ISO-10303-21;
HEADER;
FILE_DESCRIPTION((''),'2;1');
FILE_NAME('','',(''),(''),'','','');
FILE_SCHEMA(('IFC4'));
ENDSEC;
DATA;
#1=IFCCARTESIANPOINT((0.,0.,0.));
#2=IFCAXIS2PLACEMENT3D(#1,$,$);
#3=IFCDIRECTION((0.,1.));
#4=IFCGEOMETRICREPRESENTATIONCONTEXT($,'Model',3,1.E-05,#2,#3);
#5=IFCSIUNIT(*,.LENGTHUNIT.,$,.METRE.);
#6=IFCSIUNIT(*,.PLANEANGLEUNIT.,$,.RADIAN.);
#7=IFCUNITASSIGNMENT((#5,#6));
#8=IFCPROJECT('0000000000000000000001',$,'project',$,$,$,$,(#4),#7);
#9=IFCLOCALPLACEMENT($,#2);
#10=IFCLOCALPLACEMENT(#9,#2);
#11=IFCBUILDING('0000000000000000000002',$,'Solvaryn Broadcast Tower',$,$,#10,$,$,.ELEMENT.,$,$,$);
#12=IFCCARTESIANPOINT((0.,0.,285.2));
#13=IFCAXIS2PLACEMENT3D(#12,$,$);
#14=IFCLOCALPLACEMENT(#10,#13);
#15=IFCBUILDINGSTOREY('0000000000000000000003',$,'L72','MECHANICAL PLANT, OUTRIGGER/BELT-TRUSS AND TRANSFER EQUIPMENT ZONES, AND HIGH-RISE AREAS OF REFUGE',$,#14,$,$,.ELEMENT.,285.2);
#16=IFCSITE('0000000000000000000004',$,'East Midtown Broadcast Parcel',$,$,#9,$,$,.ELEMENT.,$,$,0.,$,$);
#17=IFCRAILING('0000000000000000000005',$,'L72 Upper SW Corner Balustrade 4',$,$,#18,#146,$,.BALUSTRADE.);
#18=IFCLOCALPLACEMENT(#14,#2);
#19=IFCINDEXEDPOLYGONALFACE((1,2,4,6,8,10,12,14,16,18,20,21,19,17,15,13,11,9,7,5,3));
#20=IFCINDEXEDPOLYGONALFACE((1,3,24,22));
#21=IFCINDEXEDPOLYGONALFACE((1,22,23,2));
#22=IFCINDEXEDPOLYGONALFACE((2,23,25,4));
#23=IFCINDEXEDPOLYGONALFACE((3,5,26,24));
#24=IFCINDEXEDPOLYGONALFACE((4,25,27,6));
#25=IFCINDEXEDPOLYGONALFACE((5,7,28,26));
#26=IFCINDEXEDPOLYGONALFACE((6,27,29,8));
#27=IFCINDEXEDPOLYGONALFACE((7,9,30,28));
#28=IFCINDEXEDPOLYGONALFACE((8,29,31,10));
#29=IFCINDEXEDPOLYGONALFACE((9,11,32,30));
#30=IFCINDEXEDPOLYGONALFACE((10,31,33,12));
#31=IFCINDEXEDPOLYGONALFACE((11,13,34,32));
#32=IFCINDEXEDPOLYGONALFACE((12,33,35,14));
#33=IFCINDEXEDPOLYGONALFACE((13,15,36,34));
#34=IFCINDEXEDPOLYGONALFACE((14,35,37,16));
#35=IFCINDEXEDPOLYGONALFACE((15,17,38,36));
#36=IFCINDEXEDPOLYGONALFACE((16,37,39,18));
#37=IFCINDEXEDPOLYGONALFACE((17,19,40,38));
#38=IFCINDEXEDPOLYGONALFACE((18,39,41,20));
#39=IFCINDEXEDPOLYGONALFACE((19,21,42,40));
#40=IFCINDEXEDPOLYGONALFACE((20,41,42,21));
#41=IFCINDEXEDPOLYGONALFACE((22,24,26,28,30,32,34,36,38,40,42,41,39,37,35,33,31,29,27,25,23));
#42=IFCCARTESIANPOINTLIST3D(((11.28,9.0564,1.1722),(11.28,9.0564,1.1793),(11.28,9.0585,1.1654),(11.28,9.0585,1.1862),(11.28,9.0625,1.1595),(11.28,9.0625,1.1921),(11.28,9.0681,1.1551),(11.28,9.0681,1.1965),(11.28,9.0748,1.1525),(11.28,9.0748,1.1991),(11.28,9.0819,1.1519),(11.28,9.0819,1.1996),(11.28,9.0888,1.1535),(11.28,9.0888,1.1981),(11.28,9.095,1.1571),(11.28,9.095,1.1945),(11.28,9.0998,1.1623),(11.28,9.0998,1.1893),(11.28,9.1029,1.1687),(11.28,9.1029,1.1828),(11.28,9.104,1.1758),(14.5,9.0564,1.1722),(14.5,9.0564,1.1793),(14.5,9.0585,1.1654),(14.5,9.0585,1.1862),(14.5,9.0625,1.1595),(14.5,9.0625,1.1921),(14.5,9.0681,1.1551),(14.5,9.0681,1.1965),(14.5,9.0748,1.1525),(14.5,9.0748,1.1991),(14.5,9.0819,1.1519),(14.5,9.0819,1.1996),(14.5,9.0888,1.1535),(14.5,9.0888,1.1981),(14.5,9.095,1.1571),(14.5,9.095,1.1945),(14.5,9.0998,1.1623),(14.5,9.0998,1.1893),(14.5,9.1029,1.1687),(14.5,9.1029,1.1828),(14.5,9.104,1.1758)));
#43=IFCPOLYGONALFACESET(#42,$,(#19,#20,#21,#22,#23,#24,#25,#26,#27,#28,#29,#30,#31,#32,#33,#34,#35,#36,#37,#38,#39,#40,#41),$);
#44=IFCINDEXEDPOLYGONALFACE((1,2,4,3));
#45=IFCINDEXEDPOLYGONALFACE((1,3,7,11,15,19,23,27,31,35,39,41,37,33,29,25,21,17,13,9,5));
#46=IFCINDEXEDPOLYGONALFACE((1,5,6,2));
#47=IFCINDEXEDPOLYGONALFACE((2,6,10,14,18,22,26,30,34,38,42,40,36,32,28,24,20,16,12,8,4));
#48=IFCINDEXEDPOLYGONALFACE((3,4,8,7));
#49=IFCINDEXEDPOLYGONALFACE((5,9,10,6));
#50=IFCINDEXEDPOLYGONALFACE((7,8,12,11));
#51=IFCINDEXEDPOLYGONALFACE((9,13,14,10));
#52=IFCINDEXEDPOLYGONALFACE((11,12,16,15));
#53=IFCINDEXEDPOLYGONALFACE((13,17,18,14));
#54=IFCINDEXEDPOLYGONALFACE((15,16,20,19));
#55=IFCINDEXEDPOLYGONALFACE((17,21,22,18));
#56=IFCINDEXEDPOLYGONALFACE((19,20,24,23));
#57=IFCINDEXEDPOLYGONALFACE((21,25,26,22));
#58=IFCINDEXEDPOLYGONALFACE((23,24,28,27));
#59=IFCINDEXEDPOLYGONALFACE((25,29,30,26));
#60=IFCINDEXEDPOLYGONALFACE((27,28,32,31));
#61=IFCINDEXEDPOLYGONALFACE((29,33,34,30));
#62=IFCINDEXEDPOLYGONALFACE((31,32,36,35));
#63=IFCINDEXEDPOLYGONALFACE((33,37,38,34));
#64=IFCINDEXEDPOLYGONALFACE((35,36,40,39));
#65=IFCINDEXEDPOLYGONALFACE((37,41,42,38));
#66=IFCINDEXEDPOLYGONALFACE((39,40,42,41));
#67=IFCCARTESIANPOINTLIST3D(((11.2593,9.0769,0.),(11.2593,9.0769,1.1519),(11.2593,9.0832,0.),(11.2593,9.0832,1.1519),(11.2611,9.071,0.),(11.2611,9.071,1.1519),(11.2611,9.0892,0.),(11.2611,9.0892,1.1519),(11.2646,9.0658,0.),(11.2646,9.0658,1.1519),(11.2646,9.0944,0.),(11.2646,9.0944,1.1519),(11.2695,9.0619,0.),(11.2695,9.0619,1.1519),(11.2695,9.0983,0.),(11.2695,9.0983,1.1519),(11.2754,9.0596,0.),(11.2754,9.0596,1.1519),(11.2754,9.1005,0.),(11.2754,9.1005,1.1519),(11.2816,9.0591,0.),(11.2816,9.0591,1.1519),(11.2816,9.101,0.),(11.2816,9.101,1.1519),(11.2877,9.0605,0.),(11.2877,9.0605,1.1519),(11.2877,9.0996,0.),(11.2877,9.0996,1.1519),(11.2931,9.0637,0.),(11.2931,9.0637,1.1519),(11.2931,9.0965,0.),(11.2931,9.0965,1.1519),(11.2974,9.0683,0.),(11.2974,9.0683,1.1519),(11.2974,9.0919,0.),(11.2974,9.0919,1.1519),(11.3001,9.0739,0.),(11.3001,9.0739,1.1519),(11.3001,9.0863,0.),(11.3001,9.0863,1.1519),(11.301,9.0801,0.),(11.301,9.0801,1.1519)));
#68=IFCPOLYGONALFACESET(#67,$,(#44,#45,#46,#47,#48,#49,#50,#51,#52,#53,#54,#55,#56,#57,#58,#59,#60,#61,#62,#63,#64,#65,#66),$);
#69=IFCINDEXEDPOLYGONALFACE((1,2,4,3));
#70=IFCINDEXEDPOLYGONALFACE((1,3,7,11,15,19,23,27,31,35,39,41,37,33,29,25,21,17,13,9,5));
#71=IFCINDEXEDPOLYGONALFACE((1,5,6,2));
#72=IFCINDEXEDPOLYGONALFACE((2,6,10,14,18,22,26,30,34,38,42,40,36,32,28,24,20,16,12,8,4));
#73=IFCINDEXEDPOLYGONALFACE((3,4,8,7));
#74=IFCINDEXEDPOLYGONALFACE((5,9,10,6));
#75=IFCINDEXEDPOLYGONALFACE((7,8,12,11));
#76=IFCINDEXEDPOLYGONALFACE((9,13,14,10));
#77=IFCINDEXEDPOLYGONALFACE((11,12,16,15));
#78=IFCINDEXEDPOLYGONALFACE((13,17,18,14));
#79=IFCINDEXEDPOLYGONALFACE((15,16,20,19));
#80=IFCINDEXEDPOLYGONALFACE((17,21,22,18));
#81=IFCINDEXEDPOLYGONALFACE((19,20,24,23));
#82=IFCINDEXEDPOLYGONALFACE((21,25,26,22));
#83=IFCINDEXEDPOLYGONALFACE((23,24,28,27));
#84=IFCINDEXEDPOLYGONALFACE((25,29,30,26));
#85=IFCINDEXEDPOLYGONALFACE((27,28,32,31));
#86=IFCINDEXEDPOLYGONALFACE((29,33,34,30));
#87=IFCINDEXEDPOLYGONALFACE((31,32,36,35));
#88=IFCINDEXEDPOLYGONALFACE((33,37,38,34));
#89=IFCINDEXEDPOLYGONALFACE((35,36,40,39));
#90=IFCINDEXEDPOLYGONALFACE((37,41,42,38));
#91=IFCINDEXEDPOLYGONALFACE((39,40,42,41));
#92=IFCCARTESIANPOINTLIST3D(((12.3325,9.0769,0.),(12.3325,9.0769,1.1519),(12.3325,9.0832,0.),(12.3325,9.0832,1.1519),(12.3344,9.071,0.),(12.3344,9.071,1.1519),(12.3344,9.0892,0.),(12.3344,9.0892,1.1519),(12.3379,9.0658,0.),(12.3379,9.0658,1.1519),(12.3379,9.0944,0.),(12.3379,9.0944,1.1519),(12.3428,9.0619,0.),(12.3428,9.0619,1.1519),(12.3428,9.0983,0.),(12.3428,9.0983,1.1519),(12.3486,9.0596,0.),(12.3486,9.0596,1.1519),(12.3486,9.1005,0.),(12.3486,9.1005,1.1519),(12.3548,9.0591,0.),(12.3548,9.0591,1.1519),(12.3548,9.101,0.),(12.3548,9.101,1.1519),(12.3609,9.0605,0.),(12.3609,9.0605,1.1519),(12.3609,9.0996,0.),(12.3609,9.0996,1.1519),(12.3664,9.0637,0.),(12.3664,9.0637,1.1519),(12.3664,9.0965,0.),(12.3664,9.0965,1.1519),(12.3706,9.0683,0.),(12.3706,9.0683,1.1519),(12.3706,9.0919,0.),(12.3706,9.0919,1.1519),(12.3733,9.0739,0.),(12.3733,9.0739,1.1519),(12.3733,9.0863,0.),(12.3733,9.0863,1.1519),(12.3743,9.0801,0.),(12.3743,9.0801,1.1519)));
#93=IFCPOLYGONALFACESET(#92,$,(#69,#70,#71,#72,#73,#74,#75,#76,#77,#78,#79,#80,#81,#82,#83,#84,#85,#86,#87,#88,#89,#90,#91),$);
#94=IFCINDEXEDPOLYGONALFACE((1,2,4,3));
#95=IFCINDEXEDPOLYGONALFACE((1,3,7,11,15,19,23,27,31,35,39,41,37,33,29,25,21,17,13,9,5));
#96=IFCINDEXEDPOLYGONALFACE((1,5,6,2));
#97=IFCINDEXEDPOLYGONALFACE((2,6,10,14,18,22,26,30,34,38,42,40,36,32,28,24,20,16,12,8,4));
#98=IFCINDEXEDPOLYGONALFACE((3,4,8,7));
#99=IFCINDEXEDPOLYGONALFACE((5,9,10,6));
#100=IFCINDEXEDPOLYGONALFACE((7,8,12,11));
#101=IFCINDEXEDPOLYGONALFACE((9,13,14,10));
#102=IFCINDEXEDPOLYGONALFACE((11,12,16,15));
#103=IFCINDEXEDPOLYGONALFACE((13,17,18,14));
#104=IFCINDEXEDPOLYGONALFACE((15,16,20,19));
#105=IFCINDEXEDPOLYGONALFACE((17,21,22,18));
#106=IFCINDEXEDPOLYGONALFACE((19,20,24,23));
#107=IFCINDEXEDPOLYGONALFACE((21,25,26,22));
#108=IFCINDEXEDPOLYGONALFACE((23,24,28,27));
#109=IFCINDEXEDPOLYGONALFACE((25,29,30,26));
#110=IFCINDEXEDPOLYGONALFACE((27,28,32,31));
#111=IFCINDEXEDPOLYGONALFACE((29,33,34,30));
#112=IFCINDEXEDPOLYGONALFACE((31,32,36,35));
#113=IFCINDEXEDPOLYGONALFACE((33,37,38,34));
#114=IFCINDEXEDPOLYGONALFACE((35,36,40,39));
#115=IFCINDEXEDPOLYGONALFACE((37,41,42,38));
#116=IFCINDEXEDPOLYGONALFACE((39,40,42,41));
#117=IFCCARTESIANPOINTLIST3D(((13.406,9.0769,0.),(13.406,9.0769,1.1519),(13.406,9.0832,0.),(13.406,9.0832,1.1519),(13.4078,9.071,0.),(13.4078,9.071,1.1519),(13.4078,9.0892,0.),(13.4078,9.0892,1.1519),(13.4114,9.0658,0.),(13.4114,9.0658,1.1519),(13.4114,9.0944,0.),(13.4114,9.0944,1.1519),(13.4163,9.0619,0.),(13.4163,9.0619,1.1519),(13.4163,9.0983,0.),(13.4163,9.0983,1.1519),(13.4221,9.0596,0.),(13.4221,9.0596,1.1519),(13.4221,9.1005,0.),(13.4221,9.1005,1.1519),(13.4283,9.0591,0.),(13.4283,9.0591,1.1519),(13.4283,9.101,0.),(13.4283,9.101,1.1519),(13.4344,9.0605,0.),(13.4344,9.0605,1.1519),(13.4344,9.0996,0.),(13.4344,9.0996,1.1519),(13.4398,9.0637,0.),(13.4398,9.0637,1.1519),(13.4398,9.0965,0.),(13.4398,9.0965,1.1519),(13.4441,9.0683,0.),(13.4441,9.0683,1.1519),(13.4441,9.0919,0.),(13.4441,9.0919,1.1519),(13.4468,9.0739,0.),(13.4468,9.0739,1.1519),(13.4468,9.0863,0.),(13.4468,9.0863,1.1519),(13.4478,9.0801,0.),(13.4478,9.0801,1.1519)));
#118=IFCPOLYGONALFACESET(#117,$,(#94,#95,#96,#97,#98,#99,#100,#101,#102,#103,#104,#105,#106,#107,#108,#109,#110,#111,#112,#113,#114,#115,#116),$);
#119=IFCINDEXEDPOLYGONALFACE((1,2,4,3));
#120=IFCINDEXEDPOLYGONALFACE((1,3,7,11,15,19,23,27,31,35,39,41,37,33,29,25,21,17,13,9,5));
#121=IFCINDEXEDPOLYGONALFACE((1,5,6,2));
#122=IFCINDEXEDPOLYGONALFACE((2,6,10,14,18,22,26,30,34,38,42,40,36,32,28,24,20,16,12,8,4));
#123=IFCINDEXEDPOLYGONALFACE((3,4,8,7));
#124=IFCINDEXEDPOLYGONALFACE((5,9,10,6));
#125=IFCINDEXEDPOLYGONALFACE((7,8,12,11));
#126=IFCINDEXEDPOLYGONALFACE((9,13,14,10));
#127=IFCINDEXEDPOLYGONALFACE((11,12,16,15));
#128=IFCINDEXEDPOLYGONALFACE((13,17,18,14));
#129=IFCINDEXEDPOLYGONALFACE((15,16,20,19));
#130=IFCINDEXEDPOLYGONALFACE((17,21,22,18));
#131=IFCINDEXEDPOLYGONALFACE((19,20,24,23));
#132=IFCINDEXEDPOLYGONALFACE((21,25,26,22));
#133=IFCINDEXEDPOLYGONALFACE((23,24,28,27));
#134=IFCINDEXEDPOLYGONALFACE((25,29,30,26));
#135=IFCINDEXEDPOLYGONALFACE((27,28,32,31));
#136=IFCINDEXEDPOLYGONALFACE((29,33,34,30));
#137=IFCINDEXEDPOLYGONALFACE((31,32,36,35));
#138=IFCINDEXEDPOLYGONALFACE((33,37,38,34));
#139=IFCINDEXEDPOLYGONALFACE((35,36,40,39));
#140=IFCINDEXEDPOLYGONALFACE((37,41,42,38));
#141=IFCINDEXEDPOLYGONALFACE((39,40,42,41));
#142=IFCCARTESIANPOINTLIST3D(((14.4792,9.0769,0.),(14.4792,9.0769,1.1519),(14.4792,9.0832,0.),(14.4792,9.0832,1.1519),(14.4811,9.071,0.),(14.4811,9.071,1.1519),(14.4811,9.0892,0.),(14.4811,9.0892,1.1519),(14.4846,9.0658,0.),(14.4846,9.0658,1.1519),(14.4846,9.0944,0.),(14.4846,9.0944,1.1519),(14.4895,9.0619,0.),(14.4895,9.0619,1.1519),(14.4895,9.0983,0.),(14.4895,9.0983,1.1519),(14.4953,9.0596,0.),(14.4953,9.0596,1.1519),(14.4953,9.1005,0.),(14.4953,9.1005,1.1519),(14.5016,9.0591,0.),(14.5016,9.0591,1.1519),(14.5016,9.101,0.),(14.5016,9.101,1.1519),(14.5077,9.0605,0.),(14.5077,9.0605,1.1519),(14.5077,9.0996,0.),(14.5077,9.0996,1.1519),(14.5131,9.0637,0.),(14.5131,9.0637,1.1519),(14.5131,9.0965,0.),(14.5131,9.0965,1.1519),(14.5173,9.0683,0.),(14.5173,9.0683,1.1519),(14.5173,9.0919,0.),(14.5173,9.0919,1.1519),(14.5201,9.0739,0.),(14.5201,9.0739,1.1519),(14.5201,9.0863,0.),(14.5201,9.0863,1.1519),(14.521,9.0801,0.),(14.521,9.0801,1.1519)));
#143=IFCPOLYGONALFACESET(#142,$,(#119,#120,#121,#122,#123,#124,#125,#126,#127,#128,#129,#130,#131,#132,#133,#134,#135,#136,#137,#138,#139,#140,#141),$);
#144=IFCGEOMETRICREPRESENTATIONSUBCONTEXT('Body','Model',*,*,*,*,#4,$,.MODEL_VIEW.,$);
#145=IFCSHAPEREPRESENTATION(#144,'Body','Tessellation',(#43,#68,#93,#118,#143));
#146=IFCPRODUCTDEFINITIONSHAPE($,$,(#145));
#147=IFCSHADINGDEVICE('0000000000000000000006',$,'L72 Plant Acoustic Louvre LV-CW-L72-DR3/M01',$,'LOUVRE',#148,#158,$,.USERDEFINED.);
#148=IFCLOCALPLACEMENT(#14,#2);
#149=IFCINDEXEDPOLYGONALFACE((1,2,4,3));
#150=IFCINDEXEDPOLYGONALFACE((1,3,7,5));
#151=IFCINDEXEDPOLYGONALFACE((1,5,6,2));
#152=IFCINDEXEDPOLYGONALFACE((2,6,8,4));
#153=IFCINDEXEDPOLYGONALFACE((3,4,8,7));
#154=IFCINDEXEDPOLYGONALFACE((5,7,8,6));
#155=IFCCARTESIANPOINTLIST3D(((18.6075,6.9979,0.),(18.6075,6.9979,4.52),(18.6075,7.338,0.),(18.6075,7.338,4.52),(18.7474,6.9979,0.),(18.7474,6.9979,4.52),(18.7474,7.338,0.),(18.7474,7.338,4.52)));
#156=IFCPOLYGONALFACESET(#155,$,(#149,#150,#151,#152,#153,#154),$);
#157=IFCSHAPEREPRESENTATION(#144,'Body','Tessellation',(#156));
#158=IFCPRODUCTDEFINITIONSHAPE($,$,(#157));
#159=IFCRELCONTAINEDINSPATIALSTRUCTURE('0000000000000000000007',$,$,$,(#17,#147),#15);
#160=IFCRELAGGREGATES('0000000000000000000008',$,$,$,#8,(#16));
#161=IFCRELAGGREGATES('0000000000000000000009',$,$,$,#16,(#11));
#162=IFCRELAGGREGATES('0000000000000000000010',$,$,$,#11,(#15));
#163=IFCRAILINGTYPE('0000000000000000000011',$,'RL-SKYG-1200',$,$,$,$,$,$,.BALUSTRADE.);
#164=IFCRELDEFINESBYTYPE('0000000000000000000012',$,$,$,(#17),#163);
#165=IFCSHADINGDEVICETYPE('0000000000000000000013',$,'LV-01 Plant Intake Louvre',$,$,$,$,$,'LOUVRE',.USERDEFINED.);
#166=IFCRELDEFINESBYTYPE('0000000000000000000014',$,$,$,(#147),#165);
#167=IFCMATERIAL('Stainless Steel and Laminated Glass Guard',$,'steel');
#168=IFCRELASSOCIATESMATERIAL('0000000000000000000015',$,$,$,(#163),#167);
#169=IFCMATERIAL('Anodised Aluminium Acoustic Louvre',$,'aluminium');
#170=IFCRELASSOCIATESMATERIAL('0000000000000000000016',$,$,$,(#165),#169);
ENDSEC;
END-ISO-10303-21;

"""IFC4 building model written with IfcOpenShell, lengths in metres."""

from ifc_helpers import new_model, si_unit, direction, frame, origin, origin_2d, place, context, subcontext, project, spatial, rectangle, circle, extrude, material, type_object, element, save


model = new_model("IFC4")

# Units and contexts
model_context = context("Model", 3, precision=1e-05, world=origin(), true_north=direction((0.0, 1.0)))
body_context = subcontext(model_context, "Body", "Model", "MODEL_VIEW")
ifc_project = project(units=[si_unit("LENGTHUNIT", "METRE"), si_unit("PLANEANGLEUNIT", "RADIAN")], contexts=[model_context])

# Site, building, storey
site_placement = place(None, origin())
site = spatial("IfcSite", under=ifc_project, at=site_placement, Name="East Midtown Broadcast Parcel", CompositionType="ELEMENT", RefElevation=0.0)
building_placement = place(site_placement, origin())
building = spatial("IfcBuilding", under=site, at=building_placement, Name="Solvaryn Broadcast Tower", CompositionType="ELEMENT")
storey_placement = place(building_placement, frame((0.0, 0.0, 285.2)))
storey = spatial("IfcBuildingStorey", under=building, at=storey_placement, Name="L72", Description="MECHANICAL PLANT, OUTRIGGER/BELT-TRUSS AND TRANSFER EQUIPMENT ZONES, AND HIGH-RISE AREAS OF REFUGE", CompositionType="ELEMENT", Elevation=285.2)

# Railing
ifc_material_1 = material(Name="Stainless Steel and Laminated Glass Guard", Category="steel")
railing_type = type_object("IfcRailingType", Name="RL-SKYG-1200", PredefinedType="BALUSTRADE", material=ifc_material_1)
railing_1_placement = place(storey_placement, frame((11.28, 9.0801, 0.0)))
element("IfcRailing", 1, at=railing_1_placement, inside=storey, type_object=railing_type, Name="L72 Upper SW Corner Balustrade 4", PredefinedType="BALUSTRADE", context=body_context, shape_type="SweptSolid", body=[
    extrude(circle(Radius=0.0239, at=origin_2d()), frame((0.0, 0.0, 1.1758), z_axis=(1.0, 0.0, 0.0), x_axis=(0.0, 1.0, 0.0)), (0.0, 0.0, 1.0), 3.22),
    extrude(circle(Radius=0.021, at=origin_2d()), origin(), (0.0, 0.0, 1.0), 1.1519),
    extrude(circle(Radius=0.021, at=origin_2d()), frame((1.0732, 0.0, 0.0)), (0.0, 0.0, 1.0), 1.1519),
    extrude(circle(Radius=0.021, at=origin_2d()), frame((2.1467, 0.0, 0.0)), (0.0, 0.0, 1.0), 1.1519),
    extrude(circle(Radius=0.021, at=origin_2d()), frame((3.22, 0.0, 0.0)), (0.0, 0.0, 1.0), 1.1519),
])

# Shading device
ifc_material_2 = material(Name="Anodised Aluminium Acoustic Louvre", Category="aluminium")
shading_device_type = type_object("IfcShadingDeviceType", Name="LV-01 Plant Intake Louvre", ElementType="LOUVRE", PredefinedType="USERDEFINED", material=ifc_material_2)
shading_device_placement = place(storey_placement, frame((18.6775, 7.168, 0.0), z_axis=(0.0, 0.0, 1.0), x_axis=(1.0, 0.0, 0.0)))
element("IfcShadingDevice", 2, at=shading_device_placement, inside=storey, type_object=shading_device_type, Name="L72 Plant Acoustic Louvre LV-CW-L72-DR3/M01", ObjectType="LOUVRE", PredefinedType="USERDEFINED", context=body_context, shape_type="SweptSolid", body=[
    extrude(rectangle(XDim=0.1399, YDim=0.3401, at=origin_2d()), origin(), (0.0, 0.0, 1.0), 4.52),
])

save(model, "model.ifc")
